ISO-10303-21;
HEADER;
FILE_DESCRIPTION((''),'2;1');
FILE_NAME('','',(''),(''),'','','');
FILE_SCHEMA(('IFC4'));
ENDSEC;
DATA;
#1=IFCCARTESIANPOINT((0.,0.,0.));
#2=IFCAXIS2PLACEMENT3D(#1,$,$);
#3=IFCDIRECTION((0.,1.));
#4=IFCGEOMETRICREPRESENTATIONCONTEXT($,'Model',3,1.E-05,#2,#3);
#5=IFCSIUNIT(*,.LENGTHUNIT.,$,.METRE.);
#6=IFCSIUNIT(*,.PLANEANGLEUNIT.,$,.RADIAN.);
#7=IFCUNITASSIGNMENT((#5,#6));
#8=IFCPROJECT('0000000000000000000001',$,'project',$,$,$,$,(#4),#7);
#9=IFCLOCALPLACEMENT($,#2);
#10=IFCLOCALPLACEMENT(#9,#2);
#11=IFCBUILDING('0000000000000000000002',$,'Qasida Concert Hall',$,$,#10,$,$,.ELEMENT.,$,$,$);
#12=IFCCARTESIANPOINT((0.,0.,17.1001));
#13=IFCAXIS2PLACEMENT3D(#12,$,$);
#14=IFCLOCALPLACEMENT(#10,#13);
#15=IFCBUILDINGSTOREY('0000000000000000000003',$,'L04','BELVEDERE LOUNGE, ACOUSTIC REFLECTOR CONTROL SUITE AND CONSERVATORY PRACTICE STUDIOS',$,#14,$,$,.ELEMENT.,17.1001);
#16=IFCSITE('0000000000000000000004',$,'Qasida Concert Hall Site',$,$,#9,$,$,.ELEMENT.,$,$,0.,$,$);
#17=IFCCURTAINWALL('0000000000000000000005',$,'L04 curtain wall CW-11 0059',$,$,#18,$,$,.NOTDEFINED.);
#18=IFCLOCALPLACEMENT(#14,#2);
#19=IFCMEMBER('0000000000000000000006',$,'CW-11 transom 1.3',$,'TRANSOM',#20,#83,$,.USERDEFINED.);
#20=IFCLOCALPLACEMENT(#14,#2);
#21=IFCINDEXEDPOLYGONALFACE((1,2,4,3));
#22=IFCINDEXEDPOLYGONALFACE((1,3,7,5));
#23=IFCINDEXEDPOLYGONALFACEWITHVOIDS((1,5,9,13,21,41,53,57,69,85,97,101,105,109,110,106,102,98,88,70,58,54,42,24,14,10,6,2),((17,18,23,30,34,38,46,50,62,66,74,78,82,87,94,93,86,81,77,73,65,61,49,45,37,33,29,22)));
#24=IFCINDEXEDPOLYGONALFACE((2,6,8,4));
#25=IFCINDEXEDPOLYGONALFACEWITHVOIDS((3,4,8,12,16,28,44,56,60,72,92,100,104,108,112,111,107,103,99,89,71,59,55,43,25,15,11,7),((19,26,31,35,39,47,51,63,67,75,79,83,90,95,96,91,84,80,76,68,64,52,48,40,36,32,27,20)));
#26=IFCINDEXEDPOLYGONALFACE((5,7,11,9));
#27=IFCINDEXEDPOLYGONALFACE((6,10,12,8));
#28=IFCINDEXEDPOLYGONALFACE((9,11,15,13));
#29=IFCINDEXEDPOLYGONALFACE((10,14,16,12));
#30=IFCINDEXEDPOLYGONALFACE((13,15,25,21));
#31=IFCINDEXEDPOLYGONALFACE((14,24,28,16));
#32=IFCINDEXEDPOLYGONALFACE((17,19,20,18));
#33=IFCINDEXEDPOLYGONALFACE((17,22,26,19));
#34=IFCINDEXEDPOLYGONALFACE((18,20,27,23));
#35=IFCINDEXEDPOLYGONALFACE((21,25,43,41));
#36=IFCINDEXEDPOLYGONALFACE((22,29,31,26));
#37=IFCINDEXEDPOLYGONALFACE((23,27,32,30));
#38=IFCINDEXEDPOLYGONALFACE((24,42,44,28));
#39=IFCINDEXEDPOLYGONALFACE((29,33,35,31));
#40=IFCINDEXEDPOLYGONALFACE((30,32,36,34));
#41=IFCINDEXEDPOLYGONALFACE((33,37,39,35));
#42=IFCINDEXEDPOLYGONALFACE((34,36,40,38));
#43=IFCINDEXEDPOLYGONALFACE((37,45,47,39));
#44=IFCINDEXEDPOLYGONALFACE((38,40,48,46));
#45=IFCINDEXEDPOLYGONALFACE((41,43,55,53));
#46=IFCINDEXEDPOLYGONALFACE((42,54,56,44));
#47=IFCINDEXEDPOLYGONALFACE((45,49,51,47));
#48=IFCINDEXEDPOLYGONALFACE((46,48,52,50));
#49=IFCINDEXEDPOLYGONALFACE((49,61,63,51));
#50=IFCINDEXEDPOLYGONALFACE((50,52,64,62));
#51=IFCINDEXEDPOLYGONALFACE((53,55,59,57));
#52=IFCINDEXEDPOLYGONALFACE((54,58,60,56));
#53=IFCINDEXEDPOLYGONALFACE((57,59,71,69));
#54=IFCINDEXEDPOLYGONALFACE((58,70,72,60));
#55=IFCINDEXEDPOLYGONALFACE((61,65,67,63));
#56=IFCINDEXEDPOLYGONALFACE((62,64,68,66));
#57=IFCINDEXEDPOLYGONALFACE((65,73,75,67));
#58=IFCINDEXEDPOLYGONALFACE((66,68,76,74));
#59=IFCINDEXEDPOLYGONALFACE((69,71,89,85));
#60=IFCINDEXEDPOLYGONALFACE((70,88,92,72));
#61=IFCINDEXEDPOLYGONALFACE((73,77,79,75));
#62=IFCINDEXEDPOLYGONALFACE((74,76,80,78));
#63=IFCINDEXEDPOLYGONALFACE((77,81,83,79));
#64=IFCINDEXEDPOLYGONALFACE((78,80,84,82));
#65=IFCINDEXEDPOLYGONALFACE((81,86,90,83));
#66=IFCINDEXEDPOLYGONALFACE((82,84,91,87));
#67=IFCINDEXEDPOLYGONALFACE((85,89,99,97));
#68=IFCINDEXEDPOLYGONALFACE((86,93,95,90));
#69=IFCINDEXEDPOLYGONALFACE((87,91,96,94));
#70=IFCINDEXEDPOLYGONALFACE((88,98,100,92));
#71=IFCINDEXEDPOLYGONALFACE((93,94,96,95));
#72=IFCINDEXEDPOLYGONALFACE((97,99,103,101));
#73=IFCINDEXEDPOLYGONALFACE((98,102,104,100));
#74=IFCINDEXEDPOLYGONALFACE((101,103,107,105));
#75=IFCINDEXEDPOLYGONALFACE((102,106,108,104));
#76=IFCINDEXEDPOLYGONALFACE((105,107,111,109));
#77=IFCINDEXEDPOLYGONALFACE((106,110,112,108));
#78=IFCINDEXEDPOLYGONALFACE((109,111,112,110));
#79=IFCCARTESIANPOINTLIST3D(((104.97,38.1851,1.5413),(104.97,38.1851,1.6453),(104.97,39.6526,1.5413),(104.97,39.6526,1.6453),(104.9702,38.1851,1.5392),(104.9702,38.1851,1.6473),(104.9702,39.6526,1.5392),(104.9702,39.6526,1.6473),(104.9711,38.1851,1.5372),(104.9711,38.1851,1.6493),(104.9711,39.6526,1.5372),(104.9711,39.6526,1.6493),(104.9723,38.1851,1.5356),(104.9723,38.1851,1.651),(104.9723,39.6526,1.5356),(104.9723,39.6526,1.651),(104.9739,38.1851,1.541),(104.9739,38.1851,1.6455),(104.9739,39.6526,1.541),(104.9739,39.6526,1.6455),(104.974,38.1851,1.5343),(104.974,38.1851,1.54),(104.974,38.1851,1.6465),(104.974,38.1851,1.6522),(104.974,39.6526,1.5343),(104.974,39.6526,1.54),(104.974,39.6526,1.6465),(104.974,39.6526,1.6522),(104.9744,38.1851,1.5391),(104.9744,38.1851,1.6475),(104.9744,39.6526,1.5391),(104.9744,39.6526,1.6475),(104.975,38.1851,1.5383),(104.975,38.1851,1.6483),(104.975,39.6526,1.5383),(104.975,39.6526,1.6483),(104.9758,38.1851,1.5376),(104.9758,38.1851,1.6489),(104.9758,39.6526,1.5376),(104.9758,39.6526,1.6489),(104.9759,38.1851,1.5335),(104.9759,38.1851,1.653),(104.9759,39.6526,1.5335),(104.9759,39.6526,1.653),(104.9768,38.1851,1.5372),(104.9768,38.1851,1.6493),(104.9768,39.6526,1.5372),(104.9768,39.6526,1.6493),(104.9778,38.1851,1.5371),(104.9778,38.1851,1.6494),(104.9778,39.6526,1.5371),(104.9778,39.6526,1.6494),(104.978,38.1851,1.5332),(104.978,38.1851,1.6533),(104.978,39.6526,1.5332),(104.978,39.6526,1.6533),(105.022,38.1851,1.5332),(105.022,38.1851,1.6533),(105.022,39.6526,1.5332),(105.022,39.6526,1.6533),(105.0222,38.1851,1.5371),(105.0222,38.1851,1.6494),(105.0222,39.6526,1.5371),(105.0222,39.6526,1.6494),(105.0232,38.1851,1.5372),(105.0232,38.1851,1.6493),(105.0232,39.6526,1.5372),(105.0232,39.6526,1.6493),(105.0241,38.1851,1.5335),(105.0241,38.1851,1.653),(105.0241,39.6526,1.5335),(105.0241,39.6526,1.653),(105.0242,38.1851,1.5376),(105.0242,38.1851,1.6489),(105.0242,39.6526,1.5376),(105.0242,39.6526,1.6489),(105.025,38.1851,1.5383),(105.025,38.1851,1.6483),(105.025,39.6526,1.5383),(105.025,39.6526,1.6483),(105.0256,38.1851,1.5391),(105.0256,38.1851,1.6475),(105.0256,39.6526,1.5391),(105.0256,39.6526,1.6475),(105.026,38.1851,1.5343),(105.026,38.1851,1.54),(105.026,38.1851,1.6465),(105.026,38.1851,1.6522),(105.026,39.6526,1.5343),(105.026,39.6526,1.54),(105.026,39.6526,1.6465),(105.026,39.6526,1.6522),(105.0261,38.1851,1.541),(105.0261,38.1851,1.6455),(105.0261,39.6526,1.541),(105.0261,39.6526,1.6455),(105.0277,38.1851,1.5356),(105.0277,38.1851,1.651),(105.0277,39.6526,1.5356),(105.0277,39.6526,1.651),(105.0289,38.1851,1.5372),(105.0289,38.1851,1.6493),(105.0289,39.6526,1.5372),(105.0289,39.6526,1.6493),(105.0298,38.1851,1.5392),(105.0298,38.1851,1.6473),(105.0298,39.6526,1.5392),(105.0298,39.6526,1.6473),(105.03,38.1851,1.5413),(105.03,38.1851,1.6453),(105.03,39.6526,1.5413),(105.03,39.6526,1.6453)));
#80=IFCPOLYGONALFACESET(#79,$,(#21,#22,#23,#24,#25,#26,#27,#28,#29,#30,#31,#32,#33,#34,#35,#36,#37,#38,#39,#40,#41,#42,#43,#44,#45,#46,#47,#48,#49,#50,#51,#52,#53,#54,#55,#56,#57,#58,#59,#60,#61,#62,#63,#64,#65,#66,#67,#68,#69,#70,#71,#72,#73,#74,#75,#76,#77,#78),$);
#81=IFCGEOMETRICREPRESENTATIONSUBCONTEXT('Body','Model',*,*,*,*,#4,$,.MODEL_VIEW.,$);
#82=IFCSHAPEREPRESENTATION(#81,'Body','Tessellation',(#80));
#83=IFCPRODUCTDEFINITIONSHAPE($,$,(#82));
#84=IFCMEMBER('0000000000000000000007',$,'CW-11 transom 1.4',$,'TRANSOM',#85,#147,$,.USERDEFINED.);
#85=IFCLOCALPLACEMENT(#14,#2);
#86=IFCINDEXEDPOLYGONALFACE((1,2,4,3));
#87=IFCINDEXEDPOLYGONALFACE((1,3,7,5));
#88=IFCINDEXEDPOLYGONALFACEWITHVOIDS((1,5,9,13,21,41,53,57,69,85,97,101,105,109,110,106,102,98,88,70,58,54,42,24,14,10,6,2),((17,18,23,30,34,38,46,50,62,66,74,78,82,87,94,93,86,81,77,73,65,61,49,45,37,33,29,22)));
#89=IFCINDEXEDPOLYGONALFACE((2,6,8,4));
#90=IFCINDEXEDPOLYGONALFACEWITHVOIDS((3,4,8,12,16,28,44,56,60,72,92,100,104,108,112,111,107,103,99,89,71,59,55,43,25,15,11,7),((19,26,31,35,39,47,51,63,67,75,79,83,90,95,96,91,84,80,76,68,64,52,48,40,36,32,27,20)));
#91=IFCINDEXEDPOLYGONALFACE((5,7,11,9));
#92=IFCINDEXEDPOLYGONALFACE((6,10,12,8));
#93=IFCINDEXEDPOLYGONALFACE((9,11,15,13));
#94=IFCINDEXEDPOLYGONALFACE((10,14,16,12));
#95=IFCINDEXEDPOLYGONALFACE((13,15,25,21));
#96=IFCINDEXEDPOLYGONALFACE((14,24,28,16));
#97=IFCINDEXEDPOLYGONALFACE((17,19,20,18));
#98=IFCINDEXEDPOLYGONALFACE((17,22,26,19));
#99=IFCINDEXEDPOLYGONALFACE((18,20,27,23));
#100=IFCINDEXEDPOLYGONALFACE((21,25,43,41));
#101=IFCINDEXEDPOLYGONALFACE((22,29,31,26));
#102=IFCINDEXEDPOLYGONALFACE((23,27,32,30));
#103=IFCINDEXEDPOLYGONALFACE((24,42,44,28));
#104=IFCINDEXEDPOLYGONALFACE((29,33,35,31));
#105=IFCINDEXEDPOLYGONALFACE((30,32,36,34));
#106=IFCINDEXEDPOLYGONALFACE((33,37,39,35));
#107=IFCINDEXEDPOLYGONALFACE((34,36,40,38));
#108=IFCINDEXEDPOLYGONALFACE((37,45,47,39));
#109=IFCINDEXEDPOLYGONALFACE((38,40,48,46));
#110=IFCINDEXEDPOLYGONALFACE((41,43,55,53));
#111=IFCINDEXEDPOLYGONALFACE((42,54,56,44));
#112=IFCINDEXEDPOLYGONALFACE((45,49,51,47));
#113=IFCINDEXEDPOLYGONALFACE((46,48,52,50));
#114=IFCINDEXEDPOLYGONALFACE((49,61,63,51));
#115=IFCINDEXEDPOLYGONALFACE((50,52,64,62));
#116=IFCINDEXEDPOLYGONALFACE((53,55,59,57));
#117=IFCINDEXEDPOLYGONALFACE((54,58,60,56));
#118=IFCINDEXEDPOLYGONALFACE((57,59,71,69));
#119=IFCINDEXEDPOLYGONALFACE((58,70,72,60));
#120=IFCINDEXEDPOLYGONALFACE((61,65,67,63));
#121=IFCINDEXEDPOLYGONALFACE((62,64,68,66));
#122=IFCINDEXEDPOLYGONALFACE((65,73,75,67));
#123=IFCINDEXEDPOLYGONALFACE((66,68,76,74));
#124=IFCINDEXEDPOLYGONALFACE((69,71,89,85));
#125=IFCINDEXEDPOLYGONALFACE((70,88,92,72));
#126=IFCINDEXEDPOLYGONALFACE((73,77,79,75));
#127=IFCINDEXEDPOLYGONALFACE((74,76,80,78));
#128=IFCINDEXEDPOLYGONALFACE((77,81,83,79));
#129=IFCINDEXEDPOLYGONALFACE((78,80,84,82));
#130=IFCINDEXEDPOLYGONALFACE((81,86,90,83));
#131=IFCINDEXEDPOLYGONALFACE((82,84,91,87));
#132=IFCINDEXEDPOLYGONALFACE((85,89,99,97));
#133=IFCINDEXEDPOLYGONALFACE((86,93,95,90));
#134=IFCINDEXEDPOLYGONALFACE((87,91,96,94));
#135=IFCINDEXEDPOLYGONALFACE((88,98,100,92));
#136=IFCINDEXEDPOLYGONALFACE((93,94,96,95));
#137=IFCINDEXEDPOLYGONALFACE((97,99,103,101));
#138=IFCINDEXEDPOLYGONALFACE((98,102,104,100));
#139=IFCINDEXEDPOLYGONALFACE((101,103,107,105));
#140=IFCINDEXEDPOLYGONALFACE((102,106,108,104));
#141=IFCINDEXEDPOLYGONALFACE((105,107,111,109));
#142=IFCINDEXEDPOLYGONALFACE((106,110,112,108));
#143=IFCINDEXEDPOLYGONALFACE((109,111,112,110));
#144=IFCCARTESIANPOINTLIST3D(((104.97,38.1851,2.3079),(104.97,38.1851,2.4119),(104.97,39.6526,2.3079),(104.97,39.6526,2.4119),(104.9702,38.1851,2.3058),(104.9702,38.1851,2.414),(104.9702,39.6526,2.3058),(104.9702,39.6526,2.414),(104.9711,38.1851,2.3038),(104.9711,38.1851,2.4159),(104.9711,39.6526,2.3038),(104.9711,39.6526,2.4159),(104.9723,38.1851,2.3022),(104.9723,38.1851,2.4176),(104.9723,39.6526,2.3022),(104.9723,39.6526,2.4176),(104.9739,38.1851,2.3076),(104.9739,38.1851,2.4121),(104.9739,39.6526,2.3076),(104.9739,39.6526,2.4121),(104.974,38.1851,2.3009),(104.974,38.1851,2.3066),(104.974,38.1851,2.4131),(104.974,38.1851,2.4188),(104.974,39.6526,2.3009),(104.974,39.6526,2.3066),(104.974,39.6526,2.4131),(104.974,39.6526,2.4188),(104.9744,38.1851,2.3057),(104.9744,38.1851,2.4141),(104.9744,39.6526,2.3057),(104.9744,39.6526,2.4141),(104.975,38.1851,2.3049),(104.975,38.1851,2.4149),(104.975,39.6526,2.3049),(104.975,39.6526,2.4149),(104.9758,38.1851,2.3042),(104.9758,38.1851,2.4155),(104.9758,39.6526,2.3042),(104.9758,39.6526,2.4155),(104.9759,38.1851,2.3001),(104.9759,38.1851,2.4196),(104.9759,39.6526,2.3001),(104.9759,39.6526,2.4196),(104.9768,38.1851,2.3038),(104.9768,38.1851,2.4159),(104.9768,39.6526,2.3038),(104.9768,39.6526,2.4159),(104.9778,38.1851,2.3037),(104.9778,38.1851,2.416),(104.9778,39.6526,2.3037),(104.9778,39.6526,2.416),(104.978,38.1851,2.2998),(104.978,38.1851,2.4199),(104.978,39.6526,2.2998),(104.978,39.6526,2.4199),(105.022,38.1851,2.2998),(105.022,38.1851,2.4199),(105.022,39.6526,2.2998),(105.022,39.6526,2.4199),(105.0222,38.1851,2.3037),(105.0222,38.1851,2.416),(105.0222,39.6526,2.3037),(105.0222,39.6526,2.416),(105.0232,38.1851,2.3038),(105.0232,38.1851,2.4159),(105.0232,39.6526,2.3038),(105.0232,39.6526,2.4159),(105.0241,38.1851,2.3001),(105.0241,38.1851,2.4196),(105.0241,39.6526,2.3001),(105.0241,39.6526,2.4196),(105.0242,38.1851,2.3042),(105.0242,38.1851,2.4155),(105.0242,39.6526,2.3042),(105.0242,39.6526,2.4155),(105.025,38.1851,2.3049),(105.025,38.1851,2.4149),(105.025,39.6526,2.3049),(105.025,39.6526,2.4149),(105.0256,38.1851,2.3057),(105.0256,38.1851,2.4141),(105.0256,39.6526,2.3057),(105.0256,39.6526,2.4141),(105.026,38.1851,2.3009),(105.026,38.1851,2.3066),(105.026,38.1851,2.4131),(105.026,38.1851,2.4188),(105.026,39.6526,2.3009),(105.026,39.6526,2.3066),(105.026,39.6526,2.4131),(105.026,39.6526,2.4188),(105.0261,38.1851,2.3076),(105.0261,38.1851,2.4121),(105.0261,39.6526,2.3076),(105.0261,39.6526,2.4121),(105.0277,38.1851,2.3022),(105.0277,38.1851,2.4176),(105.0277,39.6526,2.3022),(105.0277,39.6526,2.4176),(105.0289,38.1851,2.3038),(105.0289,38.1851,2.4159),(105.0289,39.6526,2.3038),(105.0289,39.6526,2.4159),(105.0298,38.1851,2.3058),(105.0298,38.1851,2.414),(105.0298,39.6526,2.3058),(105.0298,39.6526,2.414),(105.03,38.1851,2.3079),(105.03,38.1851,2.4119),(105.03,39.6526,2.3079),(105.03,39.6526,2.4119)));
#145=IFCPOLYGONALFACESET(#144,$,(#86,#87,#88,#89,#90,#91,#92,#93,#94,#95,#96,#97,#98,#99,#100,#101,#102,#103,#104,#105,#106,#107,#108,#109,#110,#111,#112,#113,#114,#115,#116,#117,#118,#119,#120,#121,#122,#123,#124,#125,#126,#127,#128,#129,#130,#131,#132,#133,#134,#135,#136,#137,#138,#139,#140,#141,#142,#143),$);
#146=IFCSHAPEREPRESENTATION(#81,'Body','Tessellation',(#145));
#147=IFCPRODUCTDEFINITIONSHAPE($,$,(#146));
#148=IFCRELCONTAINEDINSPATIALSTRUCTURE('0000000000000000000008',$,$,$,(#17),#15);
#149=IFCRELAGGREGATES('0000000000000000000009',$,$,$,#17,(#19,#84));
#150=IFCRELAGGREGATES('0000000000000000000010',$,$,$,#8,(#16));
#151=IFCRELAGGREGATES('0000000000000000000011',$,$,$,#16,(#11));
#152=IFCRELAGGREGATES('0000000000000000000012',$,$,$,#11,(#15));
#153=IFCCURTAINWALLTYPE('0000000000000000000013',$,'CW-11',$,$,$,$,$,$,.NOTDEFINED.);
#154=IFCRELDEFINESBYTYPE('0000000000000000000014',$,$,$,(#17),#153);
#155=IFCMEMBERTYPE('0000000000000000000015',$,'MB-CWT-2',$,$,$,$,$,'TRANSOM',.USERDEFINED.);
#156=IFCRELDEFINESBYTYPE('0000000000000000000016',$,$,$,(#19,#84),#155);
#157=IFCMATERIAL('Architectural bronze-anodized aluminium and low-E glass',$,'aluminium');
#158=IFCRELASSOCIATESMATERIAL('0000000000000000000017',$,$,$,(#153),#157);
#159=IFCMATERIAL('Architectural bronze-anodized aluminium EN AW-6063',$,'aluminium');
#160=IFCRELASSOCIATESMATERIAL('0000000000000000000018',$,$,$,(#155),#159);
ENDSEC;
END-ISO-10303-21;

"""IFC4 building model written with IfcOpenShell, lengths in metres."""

from ifc_helpers import new_model, si_unit, direction, frame, origin, origin_2d, place, context, subcontext, project, spatial, hollow_rectangle, extrude, material, material_profile, profile_set, type_object, element, aggregate, save


model = new_model("IFC4")

# Units and contexts
model_context = context("Model", 3, precision=1e-05, world=origin(), true_north=direction((0.0, 1.0)))
body_context = subcontext(model_context, "Body", "Model", "MODEL_VIEW")
ifc_project = project(units=[si_unit("LENGTHUNIT", "METRE"), si_unit("PLANEANGLEUNIT", "RADIAN")], contexts=[model_context])

# Site, building, storey
site_placement = place(None, origin())
site = spatial("IfcSite", under=ifc_project, at=site_placement, Name="Qasida Concert Hall Site", CompositionType="ELEMENT", RefElevation=0.0)
building_placement = place(site_placement, origin())
building = spatial("IfcBuilding", under=site, at=building_placement, Name="Qasida Concert Hall", CompositionType="ELEMENT")
storey_placement = place(building_placement, frame((0.0, 0.0, 17.1001)))
storey = spatial("IfcBuildingStorey", under=building, at=storey_placement, Name="L04", Description="BELVEDERE LOUNGE, ACOUSTIC REFLECTOR CONTROL SUITE AND CONSERVATORY PRACTICE STUDIOS", CompositionType="ELEMENT", Elevation=17.1001)

# Curtain wall, members
ifc_material_1 = material(Name="Architectural bronze-anodized aluminium and low-E glass", Category="aluminium")
curtain_wall_type = type_object("IfcCurtainWallType", Name="CW-11", PredefinedType="NOTDEFINED", material=ifc_material_1)
curtain_wall_placement = place(storey_placement, origin())
curtain_wall = element("IfcCurtainWall", 1, at=curtain_wall_placement, inside=storey, type_object=curtain_wall_type, Name="L04 curtain wall CW-11 0059", PredefinedType="NOTDEFINED")
ifc_material_2 = material(Name="Architectural bronze-anodized aluminium EN AW-6063", Category="aluminium")
ifc_material_profile_1 = material_profile(ifc_material_2, hollow_rectangle(XDim=0.0601, YDim=0.1201, WallThickness=0.0039, InnerFilletRadius=0.0039, OuterFilletRadius=0.0081, at=origin_2d()), Name="CWT 120x60x4")
ifc_profile_set_1 = profile_set([ifc_material_profile_1], Name="Architectural bronze-anodized aluminium EN AW-6063")
member_type_1 = type_object("IfcMemberType", Name="MB-CWT-2", ElementType="TRANSOM", PredefinedType="USERDEFINED", material=ifc_profile_set_1)
member_1_placement = place(storey_placement, frame((105.0, 38.1851, 1.5933), z_axis=(0.0, 1.0, 0.0), x_axis=(-1.0, 0.0, 0.0)))
member_1 = element("IfcMember", 2, at=member_1_placement, type_object=member_type_1, Name="CW-11 transom 1.3", ObjectType="TRANSOM", PredefinedType="USERDEFINED", context=body_context, shape_type="SweptSolid", body=[
    extrude(hollow_rectangle(XDim=0.0601, YDim=0.1201, WallThickness=0.0039, InnerFilletRadius=0.0039, OuterFilletRadius=0.0081, at=origin_2d()), origin(), (0.0, 0.0, 1.0), 1.4675),
])
member_2_placement = place(storey_placement, frame((105.0, 38.1851, 2.3599), z_axis=(0.0, 1.0, 0.0), x_axis=(-1.0, 0.0, 0.0)))
member_2 = element("IfcMember", 3, at=member_2_placement, type_object=member_type_1, Name="CW-11 transom 1.4", ObjectType="TRANSOM", PredefinedType="USERDEFINED", context=body_context, shape_type="SweptSolid", body=[
    extrude(hollow_rectangle(XDim=0.0601, YDim=0.1201, WallThickness=0.0039, InnerFilletRadius=0.0039, OuterFilletRadius=0.0081, at=origin_2d()), origin(), (0.0, 0.0, 1.0), 1.4675),
])
aggregate(curtain_wall, [member_1, member_2])

save(model, "model.ifc")
